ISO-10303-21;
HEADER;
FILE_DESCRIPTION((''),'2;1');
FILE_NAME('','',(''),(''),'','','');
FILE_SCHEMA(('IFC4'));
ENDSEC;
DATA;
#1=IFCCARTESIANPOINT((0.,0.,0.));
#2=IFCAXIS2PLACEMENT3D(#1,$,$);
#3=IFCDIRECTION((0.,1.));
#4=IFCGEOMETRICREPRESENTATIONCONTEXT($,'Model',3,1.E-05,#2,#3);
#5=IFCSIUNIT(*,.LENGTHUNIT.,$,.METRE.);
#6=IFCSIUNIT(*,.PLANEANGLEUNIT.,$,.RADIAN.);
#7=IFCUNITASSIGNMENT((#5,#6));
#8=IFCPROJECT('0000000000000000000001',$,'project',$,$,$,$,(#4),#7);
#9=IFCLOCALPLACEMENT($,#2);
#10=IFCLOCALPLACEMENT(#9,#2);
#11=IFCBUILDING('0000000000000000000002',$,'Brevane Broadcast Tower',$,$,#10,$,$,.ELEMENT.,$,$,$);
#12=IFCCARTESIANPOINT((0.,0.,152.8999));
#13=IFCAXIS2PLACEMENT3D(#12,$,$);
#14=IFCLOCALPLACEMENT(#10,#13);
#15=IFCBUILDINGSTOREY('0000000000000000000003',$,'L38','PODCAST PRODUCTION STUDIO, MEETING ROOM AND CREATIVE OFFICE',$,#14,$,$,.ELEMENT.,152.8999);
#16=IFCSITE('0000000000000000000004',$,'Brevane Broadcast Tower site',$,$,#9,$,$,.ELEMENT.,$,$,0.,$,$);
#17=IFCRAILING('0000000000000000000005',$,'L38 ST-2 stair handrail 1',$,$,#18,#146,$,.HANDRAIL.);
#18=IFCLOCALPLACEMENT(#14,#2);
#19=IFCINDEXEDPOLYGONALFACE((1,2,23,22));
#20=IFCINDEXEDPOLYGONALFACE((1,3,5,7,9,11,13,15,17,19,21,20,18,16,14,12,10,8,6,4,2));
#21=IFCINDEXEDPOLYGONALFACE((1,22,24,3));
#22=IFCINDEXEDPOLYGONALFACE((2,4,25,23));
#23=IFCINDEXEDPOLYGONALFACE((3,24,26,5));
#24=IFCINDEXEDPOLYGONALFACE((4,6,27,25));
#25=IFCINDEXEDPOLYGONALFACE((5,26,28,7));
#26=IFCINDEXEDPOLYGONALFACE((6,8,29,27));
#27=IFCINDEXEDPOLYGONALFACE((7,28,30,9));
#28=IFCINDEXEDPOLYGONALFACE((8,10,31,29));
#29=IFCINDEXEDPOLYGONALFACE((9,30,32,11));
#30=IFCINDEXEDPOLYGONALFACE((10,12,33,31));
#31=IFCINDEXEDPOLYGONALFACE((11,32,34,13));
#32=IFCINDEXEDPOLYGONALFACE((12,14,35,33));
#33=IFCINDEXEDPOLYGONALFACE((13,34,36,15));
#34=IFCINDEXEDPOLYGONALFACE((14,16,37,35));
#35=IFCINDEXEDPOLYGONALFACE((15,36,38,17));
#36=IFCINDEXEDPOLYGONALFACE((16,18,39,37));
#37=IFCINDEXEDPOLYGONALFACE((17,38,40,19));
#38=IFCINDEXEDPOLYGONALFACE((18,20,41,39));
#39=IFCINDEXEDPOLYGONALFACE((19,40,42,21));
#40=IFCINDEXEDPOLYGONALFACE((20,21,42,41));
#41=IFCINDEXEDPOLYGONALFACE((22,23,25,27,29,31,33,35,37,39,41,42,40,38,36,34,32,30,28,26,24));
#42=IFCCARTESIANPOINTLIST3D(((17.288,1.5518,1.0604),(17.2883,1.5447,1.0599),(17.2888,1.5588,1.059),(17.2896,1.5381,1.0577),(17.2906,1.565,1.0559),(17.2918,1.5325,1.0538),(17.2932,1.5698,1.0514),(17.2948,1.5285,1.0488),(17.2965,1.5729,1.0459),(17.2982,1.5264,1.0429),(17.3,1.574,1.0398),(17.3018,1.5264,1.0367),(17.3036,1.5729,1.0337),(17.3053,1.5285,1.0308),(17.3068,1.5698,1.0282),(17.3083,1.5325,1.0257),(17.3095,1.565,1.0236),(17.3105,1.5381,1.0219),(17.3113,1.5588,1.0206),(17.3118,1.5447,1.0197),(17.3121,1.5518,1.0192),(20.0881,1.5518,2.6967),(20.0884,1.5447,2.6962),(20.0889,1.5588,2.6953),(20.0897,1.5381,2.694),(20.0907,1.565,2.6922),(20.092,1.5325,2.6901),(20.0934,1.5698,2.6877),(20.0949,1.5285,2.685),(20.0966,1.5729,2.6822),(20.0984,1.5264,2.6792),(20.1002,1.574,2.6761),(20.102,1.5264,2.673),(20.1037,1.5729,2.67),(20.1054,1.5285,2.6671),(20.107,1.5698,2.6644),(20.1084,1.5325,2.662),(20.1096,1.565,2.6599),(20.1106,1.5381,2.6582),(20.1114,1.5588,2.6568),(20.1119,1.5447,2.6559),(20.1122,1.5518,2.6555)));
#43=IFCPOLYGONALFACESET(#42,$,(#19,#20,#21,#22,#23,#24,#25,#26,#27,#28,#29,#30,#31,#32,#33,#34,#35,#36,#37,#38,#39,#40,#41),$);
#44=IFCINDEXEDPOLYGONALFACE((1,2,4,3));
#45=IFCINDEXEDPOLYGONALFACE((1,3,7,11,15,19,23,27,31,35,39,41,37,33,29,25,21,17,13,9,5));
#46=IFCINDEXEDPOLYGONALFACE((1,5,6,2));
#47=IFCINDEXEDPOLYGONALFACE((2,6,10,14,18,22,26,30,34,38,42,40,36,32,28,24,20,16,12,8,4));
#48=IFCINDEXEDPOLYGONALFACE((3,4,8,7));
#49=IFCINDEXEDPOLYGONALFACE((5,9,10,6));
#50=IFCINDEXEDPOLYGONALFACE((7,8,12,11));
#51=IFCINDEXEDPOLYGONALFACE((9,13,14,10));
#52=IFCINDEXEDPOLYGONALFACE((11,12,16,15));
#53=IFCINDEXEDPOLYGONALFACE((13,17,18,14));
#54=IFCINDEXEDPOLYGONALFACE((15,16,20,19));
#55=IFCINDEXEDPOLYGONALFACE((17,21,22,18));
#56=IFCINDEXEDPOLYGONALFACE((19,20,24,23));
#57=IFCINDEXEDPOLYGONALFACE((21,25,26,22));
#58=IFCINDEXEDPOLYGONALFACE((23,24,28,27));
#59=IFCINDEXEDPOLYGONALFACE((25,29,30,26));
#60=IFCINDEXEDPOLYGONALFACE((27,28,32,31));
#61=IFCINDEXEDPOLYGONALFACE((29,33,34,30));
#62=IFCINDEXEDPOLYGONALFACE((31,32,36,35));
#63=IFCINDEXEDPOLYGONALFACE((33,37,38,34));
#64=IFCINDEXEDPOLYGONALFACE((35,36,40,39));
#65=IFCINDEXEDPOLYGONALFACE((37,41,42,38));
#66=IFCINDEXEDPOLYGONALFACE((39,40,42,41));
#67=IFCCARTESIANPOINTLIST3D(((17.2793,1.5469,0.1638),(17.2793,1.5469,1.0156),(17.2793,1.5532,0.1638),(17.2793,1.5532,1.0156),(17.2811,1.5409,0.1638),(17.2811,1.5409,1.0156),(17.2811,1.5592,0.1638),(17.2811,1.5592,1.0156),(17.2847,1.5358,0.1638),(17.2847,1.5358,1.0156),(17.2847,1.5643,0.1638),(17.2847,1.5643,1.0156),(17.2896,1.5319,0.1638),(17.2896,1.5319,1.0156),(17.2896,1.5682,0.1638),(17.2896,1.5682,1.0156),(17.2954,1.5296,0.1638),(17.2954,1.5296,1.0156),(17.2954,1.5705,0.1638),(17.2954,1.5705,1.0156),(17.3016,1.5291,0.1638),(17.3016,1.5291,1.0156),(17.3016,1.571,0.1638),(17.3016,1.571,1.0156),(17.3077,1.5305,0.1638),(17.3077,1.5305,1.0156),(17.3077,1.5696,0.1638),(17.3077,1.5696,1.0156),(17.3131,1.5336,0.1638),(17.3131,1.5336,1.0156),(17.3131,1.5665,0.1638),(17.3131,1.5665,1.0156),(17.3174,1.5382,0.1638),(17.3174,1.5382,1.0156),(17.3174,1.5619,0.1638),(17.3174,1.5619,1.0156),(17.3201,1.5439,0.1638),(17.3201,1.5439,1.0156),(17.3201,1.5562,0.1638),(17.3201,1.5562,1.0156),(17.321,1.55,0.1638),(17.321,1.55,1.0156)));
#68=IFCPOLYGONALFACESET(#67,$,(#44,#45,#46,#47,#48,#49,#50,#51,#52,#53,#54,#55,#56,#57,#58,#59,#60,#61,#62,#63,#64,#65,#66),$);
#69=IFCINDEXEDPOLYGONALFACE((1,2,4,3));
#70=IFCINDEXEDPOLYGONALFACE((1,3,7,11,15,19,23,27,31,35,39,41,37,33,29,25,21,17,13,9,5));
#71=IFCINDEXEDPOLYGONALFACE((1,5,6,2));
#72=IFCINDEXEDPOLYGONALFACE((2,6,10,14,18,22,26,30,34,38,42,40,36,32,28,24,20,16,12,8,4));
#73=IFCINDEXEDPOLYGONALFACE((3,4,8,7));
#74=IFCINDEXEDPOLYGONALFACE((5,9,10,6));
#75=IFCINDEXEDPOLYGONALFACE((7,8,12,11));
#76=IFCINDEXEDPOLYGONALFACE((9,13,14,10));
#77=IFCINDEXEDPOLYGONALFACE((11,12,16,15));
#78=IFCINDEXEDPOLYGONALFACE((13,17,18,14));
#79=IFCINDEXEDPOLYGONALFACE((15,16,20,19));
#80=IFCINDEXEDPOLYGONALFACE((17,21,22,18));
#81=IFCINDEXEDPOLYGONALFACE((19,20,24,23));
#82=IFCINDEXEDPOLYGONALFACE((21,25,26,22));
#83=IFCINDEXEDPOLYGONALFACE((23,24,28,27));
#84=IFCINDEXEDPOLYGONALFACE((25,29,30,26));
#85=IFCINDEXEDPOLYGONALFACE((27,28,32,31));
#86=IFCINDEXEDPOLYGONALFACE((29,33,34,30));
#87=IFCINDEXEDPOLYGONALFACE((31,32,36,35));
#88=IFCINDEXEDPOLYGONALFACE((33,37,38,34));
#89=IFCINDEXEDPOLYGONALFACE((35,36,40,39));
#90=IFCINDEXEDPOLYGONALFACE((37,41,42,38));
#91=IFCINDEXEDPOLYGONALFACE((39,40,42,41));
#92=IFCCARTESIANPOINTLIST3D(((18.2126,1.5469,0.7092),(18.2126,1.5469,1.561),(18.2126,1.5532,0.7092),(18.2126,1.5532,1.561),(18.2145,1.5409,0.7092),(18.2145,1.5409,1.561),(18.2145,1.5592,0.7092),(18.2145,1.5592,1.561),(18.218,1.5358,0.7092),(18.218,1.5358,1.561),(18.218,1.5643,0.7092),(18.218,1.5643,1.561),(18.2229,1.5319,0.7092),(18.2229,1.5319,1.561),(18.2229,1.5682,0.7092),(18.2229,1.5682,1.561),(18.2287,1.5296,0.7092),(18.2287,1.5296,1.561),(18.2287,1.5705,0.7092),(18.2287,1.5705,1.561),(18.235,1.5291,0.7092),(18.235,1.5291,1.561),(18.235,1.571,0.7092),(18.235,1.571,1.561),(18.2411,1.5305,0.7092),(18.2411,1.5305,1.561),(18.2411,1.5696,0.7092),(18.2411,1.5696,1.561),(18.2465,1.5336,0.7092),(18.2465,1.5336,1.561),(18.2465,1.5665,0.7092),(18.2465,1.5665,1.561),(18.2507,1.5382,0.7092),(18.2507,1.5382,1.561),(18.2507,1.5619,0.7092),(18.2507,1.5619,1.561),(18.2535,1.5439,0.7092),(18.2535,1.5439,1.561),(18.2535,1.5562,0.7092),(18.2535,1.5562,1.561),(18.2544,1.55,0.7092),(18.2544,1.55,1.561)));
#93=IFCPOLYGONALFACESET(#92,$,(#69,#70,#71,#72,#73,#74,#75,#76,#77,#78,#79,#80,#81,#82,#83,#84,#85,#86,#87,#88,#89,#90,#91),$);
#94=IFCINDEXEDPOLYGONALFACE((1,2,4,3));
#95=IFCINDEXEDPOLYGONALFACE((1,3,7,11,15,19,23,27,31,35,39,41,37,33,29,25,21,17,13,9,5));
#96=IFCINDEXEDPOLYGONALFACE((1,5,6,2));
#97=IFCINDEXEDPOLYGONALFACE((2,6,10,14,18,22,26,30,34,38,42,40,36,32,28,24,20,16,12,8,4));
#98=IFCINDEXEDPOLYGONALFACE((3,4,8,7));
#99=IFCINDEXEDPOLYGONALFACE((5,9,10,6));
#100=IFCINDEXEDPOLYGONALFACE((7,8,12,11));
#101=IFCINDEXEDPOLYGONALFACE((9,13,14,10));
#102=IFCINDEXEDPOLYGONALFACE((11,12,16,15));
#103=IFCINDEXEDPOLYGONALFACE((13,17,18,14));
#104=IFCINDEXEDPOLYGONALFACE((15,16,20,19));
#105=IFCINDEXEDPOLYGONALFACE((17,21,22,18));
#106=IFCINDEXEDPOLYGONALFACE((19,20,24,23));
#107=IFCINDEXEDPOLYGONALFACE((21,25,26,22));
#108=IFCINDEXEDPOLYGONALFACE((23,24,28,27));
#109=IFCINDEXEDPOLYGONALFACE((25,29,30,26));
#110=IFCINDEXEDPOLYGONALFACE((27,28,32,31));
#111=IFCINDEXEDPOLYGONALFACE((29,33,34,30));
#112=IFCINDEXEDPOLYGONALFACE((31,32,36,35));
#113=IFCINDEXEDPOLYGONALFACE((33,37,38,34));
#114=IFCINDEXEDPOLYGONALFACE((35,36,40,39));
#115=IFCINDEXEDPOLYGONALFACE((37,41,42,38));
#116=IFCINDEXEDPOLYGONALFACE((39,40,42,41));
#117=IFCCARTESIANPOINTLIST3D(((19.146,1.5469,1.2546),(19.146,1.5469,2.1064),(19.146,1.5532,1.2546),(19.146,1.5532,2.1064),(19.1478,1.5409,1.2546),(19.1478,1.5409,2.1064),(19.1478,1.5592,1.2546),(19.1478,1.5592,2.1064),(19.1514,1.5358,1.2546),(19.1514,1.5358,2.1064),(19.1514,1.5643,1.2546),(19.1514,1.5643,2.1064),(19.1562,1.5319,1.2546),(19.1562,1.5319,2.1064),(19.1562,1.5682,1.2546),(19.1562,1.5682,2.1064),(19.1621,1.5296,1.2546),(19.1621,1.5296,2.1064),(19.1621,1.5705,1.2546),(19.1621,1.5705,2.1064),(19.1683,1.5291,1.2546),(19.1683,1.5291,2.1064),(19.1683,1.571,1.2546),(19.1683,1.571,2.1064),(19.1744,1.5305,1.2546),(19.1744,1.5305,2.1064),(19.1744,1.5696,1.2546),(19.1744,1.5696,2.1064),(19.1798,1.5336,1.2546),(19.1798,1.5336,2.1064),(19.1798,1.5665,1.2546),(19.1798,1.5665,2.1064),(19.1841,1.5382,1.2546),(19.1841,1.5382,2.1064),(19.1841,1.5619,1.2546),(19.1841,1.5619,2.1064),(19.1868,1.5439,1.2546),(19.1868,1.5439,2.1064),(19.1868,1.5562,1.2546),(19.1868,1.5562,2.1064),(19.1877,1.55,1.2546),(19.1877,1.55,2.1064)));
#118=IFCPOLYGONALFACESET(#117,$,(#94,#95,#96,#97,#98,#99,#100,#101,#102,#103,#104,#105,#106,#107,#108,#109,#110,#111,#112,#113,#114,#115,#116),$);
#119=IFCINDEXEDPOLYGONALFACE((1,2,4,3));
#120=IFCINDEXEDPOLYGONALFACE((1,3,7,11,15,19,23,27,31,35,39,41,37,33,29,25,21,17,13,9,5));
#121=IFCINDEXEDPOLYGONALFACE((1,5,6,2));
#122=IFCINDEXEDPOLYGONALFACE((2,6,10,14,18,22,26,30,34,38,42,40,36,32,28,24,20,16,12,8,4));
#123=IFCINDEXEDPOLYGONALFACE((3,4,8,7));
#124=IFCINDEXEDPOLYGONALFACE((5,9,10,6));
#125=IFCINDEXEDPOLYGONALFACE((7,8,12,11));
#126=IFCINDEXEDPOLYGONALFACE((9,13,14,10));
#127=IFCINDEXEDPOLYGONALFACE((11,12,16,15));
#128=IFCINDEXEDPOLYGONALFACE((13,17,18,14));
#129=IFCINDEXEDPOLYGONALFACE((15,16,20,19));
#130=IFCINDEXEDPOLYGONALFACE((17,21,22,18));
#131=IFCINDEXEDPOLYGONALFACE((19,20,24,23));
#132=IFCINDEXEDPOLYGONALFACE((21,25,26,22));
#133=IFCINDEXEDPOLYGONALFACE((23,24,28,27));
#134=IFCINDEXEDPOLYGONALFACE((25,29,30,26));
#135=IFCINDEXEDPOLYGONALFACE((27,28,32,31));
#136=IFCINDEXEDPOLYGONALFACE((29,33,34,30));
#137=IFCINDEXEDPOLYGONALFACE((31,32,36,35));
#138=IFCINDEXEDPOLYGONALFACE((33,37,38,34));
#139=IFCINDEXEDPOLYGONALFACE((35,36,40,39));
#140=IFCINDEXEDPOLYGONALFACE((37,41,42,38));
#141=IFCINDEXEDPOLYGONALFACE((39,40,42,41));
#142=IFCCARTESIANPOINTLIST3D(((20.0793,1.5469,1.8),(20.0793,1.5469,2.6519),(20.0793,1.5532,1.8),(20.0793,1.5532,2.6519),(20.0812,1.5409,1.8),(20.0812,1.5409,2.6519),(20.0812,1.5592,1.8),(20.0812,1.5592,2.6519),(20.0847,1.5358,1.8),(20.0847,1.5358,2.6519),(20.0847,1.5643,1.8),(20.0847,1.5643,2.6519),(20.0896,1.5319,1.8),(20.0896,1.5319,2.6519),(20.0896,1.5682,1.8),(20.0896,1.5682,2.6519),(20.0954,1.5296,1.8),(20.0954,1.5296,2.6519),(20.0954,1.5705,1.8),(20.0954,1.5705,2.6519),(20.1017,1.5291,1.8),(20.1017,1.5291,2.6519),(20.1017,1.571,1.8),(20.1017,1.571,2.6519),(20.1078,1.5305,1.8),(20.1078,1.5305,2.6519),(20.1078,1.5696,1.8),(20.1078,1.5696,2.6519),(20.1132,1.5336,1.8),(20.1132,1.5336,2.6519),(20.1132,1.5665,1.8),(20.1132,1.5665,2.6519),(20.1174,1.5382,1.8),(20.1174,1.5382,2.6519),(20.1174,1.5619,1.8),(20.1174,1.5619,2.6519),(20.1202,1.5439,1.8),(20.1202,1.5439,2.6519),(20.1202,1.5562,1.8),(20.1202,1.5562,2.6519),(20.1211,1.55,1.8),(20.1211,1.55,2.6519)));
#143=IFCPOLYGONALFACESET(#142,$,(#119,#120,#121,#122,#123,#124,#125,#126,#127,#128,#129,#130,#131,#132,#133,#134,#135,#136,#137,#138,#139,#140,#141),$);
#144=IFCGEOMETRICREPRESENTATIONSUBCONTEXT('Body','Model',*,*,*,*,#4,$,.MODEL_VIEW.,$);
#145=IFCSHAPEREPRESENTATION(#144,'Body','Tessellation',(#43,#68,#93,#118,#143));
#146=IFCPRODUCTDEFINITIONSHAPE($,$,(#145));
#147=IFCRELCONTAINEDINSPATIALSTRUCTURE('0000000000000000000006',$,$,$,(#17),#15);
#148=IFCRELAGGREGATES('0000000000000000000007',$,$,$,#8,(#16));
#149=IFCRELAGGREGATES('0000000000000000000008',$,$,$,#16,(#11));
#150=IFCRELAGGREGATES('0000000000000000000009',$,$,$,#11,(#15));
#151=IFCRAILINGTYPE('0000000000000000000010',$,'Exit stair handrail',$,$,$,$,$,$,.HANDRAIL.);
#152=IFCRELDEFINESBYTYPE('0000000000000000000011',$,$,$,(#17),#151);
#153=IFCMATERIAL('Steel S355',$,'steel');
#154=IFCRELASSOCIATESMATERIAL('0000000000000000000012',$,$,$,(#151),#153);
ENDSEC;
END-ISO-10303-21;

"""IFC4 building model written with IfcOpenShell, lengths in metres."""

from ifc_helpers import new_model, si_unit, direction, frame, origin, origin_2d, place, context, subcontext, project, spatial, circle, extrude, material, type_object, element, save


model = new_model("IFC4")

# Units and contexts
model_context = context("Model", 3, precision=1e-05, world=origin(), true_north=direction((0.0, 1.0)))
body_context = subcontext(model_context, "Body", "Model", "MODEL_VIEW")
ifc_project = project(units=[si_unit("LENGTHUNIT", "METRE"), si_unit("PLANEANGLEUNIT", "RADIAN")], contexts=[model_context])

# Site, building, storey
site_placement = place(None, origin())
site = spatial("IfcSite", under=ifc_project, at=site_placement, Name="Brevane Broadcast Tower site", CompositionType="ELEMENT", RefElevation=0.0)
building_placement = place(site_placement, origin())
building = spatial("IfcBuilding", under=site, at=building_placement, Name="Brevane Broadcast Tower", CompositionType="ELEMENT")
storey_placement = place(building_placement, frame((0.0, 0.0, 152.8999)))
storey = spatial("IfcBuildingStorey", under=building, at=storey_placement, Name="L38", Description="PODCAST PRODUCTION STUDIO, MEETING ROOM AND CREATIVE OFFICE", CompositionType="ELEMENT", Elevation=152.8999)

# Railing
ifc_material_1 = material(Name="Steel S355", Category="steel")
railing_type_1 = type_object("IfcRailingType", Name="Exit stair handrail", PredefinedType="HANDRAIL", material=ifc_material_1)
railing_1_placement = place(storey_placement, frame((17.3, 1.55, 0.1638)))
element("IfcRailing", 1, at=railing_1_placement, inside=storey, type_object=railing_type_1, Name="L38 ST-2 stair handrail 1", PredefinedType="HANDRAIL", context=body_context, shape_type="SweptSolid", body=[
    extrude(circle(Radius=0.0239, at=origin_2d()), frame((0.0, 0.0, 0.876), z_axis=(0.863394, 0.0, 0.504531), x_axis=(0.0, 1.0, 0.0)), (0.0, 0.0, 1.0), 3.2432),
    extrude(circle(Radius=0.021, at=origin_2d()), origin(), (0.0, 0.0, 1.0), 0.8518),
    extrude(circle(Radius=0.021, at=origin_2d()), frame((0.9333, 0.0, 0.5454)), (0.0, 0.0, 1.0), 0.8518),
    extrude(circle(Radius=0.021, at=origin_2d()), frame((1.8667, 0.0, 1.0908)), (0.0, 0.0, 1.0), 0.8518),
    extrude(circle(Radius=0.021, at=origin_2d()), frame((2.8, 0.0, 1.6362)), (0.0, 0.0, 1.0), 0.8518),
])

save(model, "model.ifc")
